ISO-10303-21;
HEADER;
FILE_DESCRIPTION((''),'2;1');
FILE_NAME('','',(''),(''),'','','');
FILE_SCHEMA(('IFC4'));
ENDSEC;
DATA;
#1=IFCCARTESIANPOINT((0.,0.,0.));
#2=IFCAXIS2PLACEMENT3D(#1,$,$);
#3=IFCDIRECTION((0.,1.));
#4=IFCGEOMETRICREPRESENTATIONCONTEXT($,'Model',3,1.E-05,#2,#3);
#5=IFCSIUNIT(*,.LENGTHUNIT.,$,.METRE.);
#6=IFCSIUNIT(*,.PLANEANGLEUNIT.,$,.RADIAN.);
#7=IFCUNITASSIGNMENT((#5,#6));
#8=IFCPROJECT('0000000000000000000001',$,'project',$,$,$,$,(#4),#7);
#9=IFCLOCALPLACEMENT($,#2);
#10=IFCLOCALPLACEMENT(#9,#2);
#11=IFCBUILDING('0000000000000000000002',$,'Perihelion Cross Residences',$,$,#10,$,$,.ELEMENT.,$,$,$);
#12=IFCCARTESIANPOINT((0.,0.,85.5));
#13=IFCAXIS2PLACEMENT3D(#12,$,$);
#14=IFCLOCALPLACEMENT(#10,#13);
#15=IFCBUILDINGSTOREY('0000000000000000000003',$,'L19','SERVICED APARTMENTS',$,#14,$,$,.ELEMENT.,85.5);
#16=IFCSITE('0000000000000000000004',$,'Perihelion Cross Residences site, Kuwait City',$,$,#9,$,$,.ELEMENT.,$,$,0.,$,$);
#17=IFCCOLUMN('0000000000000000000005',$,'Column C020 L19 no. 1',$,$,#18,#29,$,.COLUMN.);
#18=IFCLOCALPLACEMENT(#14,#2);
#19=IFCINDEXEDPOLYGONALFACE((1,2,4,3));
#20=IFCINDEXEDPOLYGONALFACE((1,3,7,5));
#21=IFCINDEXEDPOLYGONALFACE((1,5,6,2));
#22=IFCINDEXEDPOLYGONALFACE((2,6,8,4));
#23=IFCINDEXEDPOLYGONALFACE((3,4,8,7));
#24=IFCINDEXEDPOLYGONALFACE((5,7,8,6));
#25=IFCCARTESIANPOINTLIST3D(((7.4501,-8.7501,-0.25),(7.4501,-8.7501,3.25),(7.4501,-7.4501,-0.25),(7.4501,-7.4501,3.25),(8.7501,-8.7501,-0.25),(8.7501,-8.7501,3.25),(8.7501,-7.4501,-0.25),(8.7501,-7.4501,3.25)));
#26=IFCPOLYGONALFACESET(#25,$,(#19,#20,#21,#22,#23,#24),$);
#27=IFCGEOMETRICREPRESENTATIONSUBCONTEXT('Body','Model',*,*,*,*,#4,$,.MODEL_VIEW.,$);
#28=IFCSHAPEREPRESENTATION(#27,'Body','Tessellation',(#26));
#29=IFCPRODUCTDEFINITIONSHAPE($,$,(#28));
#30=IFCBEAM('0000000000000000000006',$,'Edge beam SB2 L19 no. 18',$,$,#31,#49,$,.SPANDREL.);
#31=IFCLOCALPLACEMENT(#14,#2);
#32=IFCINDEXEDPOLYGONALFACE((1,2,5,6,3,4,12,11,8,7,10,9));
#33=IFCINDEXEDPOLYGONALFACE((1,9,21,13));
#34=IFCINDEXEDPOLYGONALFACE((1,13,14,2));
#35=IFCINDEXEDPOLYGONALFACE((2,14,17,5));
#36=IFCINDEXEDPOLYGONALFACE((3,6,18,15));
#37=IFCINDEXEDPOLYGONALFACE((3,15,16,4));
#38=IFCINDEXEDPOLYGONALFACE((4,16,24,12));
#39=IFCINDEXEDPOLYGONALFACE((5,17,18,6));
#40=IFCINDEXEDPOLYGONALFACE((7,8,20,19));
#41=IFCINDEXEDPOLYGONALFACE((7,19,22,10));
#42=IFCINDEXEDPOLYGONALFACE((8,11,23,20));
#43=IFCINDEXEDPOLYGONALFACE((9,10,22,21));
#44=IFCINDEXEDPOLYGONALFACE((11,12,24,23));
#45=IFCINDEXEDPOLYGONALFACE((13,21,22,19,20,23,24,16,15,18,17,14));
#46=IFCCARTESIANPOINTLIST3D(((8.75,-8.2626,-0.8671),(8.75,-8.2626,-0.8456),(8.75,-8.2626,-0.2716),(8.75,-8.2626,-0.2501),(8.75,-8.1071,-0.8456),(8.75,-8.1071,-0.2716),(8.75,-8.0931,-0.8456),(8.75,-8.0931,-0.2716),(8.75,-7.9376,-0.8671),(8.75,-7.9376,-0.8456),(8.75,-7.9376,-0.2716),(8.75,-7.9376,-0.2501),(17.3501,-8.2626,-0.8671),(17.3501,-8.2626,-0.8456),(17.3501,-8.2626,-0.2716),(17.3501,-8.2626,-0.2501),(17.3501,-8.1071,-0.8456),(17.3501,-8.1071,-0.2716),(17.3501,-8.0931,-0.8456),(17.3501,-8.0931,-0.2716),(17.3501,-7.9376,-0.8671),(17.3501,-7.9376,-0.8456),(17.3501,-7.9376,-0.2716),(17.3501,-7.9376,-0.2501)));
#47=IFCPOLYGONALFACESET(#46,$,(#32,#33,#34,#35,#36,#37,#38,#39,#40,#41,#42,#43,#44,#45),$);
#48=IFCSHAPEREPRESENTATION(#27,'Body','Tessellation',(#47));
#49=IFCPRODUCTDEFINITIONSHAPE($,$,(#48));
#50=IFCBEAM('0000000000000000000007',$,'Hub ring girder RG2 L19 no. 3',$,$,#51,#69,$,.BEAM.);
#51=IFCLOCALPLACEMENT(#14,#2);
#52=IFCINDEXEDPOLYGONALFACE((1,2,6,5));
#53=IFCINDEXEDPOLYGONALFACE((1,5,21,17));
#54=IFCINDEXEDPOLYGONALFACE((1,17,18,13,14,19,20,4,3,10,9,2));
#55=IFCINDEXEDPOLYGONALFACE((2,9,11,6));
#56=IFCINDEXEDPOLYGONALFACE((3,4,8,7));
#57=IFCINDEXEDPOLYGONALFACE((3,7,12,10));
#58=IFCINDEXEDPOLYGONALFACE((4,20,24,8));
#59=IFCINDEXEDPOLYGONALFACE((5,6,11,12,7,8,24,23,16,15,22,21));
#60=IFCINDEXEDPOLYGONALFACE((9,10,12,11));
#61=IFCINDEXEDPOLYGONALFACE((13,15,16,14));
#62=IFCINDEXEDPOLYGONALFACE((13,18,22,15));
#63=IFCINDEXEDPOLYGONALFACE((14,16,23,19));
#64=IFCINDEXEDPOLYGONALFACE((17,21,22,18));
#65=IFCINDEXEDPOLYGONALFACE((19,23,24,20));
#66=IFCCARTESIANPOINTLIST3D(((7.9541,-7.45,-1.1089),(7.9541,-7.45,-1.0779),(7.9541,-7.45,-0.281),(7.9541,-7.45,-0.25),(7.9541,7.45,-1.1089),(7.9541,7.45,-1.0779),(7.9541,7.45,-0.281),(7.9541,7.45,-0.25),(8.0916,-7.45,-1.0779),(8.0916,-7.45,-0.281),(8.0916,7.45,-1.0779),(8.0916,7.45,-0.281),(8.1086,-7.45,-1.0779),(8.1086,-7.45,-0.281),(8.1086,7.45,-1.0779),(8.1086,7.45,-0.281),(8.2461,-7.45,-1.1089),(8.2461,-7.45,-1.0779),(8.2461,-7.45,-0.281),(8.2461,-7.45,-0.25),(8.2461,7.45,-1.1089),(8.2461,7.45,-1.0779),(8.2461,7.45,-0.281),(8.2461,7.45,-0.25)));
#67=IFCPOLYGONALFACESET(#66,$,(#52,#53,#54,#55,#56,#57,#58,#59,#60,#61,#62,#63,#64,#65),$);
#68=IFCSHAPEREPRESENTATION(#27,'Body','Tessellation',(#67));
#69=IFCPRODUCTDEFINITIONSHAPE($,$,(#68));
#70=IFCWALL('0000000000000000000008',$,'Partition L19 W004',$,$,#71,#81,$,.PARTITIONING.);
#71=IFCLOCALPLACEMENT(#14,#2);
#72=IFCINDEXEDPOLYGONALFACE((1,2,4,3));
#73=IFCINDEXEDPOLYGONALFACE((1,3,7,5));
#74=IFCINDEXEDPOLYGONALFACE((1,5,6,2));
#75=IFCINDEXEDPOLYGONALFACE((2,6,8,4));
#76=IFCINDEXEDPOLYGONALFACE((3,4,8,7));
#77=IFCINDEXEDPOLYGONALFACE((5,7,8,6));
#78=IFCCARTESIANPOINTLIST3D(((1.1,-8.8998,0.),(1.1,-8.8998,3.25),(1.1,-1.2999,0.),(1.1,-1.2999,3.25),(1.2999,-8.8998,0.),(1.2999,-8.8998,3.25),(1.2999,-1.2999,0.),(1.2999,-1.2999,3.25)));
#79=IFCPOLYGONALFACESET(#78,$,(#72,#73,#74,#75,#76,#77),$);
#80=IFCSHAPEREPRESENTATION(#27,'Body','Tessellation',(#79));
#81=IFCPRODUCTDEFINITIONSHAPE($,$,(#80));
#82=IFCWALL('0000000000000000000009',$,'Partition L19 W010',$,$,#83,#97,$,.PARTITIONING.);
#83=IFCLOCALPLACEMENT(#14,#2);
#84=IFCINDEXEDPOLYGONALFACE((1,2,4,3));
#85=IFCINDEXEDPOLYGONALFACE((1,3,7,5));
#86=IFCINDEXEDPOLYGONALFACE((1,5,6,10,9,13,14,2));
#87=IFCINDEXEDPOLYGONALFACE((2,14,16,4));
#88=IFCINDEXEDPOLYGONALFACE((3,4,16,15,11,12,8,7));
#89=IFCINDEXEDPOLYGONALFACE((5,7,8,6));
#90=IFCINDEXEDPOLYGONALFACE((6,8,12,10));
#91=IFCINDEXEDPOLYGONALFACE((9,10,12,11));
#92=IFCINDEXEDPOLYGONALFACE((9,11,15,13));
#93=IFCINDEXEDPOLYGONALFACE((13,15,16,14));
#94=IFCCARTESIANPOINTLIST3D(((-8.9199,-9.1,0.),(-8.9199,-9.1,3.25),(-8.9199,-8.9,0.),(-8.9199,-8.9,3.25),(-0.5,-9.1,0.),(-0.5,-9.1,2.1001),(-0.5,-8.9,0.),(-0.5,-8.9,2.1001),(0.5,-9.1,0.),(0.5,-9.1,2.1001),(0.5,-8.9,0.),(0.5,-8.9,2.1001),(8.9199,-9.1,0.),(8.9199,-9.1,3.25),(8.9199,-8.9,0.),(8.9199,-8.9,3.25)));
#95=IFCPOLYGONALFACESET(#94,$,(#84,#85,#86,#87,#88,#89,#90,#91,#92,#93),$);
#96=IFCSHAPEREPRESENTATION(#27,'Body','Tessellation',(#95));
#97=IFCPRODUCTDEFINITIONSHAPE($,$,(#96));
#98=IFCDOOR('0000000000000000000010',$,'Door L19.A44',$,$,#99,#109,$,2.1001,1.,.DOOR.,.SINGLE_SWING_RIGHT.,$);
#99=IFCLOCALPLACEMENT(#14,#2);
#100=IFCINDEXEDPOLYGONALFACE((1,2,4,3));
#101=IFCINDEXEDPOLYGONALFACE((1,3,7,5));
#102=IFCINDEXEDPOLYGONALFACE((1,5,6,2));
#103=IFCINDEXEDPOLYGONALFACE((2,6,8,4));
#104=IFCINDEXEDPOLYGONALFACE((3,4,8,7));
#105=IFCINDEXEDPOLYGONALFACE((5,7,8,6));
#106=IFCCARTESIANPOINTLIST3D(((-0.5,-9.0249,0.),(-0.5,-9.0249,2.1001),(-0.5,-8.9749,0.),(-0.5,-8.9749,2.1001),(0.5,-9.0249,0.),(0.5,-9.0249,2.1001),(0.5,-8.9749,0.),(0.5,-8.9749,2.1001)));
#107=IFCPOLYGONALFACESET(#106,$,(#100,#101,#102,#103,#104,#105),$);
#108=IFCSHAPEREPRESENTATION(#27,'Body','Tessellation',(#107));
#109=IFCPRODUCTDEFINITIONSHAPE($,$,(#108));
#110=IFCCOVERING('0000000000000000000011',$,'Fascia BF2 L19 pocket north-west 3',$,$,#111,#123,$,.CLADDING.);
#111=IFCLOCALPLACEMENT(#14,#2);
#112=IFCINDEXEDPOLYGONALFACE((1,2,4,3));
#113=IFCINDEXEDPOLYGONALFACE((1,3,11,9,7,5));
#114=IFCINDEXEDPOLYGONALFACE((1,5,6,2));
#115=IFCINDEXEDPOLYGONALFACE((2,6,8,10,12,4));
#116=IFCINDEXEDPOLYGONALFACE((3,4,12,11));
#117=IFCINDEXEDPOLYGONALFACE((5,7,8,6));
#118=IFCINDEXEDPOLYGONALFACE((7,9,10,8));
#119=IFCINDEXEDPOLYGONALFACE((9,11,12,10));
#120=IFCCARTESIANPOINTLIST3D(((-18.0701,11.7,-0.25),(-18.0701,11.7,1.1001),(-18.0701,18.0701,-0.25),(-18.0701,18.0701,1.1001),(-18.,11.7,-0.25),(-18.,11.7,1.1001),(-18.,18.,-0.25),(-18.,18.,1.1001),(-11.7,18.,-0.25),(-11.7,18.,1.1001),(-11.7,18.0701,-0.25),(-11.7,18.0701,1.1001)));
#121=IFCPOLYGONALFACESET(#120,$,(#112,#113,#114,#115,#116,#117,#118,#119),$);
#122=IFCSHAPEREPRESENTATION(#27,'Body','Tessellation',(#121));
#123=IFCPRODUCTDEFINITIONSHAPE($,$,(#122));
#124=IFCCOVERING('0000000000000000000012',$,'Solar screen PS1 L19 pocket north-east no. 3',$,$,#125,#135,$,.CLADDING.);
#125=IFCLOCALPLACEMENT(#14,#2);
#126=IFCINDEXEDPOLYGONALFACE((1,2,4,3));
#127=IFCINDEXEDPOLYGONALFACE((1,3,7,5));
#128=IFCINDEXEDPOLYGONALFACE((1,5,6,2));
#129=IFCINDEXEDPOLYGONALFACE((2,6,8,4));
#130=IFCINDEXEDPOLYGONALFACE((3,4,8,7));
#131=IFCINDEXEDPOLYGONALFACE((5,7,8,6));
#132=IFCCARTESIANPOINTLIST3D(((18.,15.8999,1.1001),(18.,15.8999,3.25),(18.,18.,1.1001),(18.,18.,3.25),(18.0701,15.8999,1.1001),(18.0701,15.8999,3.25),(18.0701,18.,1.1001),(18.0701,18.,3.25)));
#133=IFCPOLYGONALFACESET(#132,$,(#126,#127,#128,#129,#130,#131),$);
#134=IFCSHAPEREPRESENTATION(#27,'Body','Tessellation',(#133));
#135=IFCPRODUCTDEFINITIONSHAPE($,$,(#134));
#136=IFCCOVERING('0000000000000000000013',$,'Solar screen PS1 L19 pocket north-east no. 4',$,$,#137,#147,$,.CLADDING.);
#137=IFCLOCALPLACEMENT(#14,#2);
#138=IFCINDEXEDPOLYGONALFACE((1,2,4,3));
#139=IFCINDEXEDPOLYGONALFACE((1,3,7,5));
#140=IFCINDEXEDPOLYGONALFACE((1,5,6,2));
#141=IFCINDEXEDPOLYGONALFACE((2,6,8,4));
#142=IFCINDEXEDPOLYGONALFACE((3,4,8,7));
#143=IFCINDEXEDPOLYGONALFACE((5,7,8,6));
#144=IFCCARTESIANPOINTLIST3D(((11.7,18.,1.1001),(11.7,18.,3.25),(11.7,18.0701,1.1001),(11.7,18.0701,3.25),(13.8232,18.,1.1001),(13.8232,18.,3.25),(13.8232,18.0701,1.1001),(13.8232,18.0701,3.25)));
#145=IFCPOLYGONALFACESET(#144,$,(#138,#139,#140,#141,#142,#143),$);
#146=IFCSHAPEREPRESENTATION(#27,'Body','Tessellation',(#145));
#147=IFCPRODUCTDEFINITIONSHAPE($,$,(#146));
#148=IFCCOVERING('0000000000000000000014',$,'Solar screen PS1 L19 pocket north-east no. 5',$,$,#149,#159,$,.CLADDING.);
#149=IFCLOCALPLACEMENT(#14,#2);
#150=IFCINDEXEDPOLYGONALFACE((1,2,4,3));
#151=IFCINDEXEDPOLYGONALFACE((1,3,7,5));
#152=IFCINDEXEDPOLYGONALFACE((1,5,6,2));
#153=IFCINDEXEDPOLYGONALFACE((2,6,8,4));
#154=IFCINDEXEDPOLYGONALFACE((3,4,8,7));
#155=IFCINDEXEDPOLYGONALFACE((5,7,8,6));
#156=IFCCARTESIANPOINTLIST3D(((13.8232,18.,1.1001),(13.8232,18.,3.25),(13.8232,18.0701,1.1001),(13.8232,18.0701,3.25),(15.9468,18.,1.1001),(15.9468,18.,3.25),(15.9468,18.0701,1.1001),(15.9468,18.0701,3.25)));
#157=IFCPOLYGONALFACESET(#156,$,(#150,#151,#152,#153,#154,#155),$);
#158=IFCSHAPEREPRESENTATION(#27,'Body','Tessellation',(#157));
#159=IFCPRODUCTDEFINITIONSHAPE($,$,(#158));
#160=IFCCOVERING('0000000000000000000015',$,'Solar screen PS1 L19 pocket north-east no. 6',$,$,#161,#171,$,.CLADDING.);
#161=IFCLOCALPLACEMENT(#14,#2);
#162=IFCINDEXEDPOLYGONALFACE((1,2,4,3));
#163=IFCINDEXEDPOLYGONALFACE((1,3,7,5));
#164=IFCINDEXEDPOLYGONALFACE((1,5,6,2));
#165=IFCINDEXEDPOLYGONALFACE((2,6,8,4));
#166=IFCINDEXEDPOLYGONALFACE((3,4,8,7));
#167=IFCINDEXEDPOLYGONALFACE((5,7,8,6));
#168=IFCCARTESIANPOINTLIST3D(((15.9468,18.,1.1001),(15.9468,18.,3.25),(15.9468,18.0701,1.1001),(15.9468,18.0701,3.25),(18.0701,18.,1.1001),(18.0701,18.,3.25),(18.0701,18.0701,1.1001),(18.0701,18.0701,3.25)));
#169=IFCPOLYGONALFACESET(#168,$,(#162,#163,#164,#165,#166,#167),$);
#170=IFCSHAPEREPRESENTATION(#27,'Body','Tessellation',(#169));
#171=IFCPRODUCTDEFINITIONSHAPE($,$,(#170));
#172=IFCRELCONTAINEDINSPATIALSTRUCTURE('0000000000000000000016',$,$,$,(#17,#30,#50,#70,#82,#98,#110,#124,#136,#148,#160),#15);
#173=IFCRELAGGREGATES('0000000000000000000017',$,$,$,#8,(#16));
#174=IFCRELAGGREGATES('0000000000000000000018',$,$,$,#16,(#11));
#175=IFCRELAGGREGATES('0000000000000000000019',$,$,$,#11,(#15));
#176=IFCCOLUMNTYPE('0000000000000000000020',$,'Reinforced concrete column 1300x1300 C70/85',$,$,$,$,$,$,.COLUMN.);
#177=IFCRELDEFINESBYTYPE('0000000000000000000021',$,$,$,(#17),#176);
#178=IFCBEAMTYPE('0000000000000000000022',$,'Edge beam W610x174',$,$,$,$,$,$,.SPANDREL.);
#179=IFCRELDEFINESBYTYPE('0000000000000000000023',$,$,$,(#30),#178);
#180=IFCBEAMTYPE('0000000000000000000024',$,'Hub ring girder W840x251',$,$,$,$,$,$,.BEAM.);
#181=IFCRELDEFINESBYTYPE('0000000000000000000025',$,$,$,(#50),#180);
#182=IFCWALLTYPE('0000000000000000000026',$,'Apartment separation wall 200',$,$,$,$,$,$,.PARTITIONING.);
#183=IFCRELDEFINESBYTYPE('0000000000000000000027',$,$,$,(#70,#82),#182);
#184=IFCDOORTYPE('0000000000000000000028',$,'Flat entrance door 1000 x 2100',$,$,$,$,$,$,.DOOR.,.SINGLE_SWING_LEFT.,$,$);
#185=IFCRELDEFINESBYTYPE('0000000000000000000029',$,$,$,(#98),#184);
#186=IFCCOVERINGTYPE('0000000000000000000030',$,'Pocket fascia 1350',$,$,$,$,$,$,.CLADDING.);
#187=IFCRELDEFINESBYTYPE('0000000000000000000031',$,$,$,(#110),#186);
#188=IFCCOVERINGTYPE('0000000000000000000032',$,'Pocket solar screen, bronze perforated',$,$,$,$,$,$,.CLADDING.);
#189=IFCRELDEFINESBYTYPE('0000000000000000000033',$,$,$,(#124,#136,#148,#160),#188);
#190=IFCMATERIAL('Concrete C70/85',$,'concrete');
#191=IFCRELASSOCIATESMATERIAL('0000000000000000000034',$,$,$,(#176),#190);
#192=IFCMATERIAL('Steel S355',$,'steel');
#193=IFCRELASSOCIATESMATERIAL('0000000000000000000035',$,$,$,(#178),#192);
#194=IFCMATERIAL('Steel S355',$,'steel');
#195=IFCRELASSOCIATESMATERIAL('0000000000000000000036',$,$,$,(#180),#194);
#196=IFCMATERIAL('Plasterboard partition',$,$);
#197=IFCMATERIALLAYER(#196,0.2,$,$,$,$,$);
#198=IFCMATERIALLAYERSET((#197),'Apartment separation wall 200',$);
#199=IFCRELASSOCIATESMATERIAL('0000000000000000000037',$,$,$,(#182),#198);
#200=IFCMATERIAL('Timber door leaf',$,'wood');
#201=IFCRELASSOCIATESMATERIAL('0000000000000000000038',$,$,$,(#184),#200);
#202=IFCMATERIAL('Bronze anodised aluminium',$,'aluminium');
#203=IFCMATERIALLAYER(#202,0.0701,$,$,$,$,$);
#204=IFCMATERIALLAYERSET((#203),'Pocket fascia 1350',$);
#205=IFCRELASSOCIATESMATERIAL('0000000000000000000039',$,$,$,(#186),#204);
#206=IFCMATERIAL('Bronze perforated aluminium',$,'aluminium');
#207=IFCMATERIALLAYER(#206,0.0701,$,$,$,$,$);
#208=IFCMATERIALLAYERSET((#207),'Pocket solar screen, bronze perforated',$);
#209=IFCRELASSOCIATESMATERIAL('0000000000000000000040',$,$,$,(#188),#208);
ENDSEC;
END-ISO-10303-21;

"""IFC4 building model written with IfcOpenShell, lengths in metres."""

from ifc_helpers import new_model, si_unit, direction, frame, frame_2d, origin, origin_2d, place, context, subcontext, project, spatial, polyline, rectangle, i_section, outline, extrude, material, layer, layer_set, material_profile, profile_set, type_object, element, fill, save


model = new_model("IFC4")

# Units and contexts
model_context = context("Model", 3, precision=1e-05, world=origin(), true_north=direction((0.0, 1.0)))
body_context = subcontext(model_context, "Body", "Model", "MODEL_VIEW")
ifc_project = project(units=[si_unit("LENGTHUNIT", "METRE"), si_unit("PLANEANGLEUNIT", "RADIAN")], contexts=[model_context])

# Site, building, storey
site_placement = place(None, origin())
site = spatial("IfcSite", under=ifc_project, at=site_placement, Name="Perihelion Cross Residences site, Kuwait City", CompositionType="ELEMENT", RefElevation=0.0)
building_placement = place(site_placement, origin())
building = spatial("IfcBuilding", under=site, at=building_placement, Name="Perihelion Cross Residences", CompositionType="ELEMENT")
storey_placement = place(building_placement, frame((0.0, 0.0, 85.5)))
storey = spatial("IfcBuildingStorey", under=building, at=storey_placement, Name="L19", Description="SERVICED APARTMENTS", CompositionType="ELEMENT", Elevation=85.5)

# Column
ifc_material_1 = material(Name="Concrete C70/85", Category="concrete")
ifc_material_profile_1 = material_profile(ifc_material_1, rectangle(XDim=1.3, YDim=1.3, at=origin_2d()), Name="RC 1300x1300")
ifc_profile_set_1 = profile_set([ifc_material_profile_1], Name="Concrete C70/85")
column_type = type_object("IfcColumnType", Name="Reinforced concrete column 1300x1300 C70/85", PredefinedType="COLUMN", material=ifc_profile_set_1)
column_placement = place(storey_placement, frame((8.1001, -8.1001, -0.25), z_axis=(0.0, 0.0, 1.0), x_axis=(1.0, 0.0, 0.0)))
element("IfcColumn", 1, at=column_placement, inside=storey, type_object=column_type, Name="Column C020 L19 no. 1", PredefinedType="COLUMN", context=body_context, shape_type="SweptSolid", body=[
    extrude(rectangle(XDim=1.3, YDim=1.3, at=origin_2d()), origin(), (0.0, 0.0, 1.0), 3.5),
])

# Beams
ifc_material_2 = material(Name="Steel S355", Category="steel")
ifc_material_profile_2 = material_profile(ifc_material_2, i_section(OverallWidth=0.325, OverallDepth=0.6169, WebThickness=0.0139, FlangeThickness=0.0215, at=origin_2d()), Name="W610x174")
ifc_profile_set_2 = profile_set([ifc_material_profile_2], Name="Steel S355")
beam_type_1 = type_object("IfcBeamType", Name="Edge beam W610x174", PredefinedType="SPANDREL", material=ifc_profile_set_2)
beam_1_placement = place(storey_placement, frame((8.75, -8.1001, -0.5586), z_axis=(1.0, 0.0, 0.0), x_axis=(0.0, 1.0, 0.0)))
element("IfcBeam", 2, at=beam_1_placement, inside=storey, type_object=beam_type_1, Name="Edge beam SB2 L19 no. 18", PredefinedType="SPANDREL", context=body_context, shape_type="SweptSolid", body=[
    extrude(i_section(OverallWidth=0.325, OverallDepth=0.6169, WebThickness=0.0139, FlangeThickness=0.0215, at=origin_2d()), origin(), (0.0, 0.0, 1.0), 8.6001),
])
ifc_material_3 = material(Name="Steel S355", Category="steel")
ifc_material_profile_3 = material_profile(ifc_material_3, i_section(OverallWidth=0.292, OverallDepth=0.8589, WebThickness=0.0171, FlangeThickness=0.031, at=origin_2d()), Name="W840x251")
ifc_profile_set_3 = profile_set([ifc_material_profile_3], Name="Steel S355")
beam_type_2 = type_object("IfcBeamType", Name="Hub ring girder W840x251", PredefinedType="BEAM", material=ifc_profile_set_3)
beam_2_placement = place(storey_placement, frame((8.1001, -7.45, -0.6794), z_axis=(0.0, 1.0, 0.0), x_axis=(-1.0, 0.0, 0.0)))
element("IfcBeam", 3, at=beam_2_placement, inside=storey, type_object=beam_type_2, Name="Hub ring girder RG2 L19 no. 3", PredefinedType="BEAM", context=body_context, shape_type="SweptSolid", body=[
    extrude(i_section(OverallWidth=0.292, OverallDepth=0.8589, WebThickness=0.0171, FlangeThickness=0.031, at=origin_2d()), origin(), (0.0, 0.0, 1.0), 14.8999),
])

# Wall
ifc_material_4 = material(Name="Plasterboard partition")
ifc_layer_1 = layer(ifc_material_4, 0.2)
ifc_layer_set_1 = layer_set([ifc_layer_1], Name="Apartment separation wall 200")
wall_type = type_object("IfcWallType", Name="Apartment separation wall 200", PredefinedType="PARTITIONING", material=ifc_layer_set_1)
wall_1_placement = place(storey_placement, frame((1.2, -1.3, 0.0), z_axis=(0.0, 0.0, 1.0), x_axis=(0.0, -1.0, 0.0)))
element("IfcWall", 4, at=wall_1_placement, inside=storey, type_object=wall_type, Name="Partition L19 W004", PredefinedType="PARTITIONING", context=body_context, shape_type="SweptSolid", body=[
    extrude(rectangle(XDim=7.5999, YDim=0.2, at=frame_2d((3.7998, 0.0))), origin(), (0.0, 0.0, 1.0), 3.25),
])

# Wall, opening, door
wall_2_placement = place(storey_placement, frame((8.9199, -9.0, 0.0), z_axis=(0.0, 0.0, 1.0), x_axis=(-1.0, 0.0, 0.0)))
wall_2 = element("IfcWall", 5, at=wall_2_placement, inside=storey, type_object=wall_type, Name="Partition L19 W010", PredefinedType="PARTITIONING", context=body_context, shape_type="SweptSolid", body=[
    extrude(rectangle(XDim=17.8398, YDim=0.2, at=frame_2d((8.9199, 0.0))), origin(), (0.0, 0.0, 1.0), 3.25),
])
opening_placement = place(wall_2_placement, frame((8.4199, 0.0, 0.0)))
opening = element("IfcOpeningElement", 6, at=opening_placement, cuts=wall_2, PredefinedType="OPENING", context=body_context, shape_type="SweptSolid", body=[
    extrude(rectangle(XDim=1.0, YDim=2.1001, at=frame_2d((0.5, 1.05))), frame((0.0, 0.1099, 0.0), z_axis=(0.0, -1.0, 0.0), x_axis=(1.0, 0.0, 0.0)), (0.0, 0.0, 1.0), 0.22),
])
ifc_material_5 = material(Name="Timber door leaf", Category="wood")
door_type = type_object("IfcDoorType", Name="Flat entrance door 1000 x 2100", OperationType="SINGLE_SWING_LEFT", PredefinedType="DOOR", material=ifc_material_5)
door_placement = place(opening_placement, origin())
door = element("IfcDoor", 7, at=door_placement, inside=storey, type_object=door_type, Name="Door L19.A44", OperationType="SINGLE_SWING_RIGHT", OverallHeight=2.1001, OverallWidth=1.0, PredefinedType="DOOR", context=body_context, shape_type="SweptSolid", body=[
    extrude(rectangle(XDim=1.0, YDim=2.1001, at=frame_2d((0.5, 1.05))), frame((0.0, 0.0249, 0.0), z_axis=(0.0, -1.0, 0.0), x_axis=(1.0, 0.0, 0.0)), (0.0, 0.0, 1.0), 0.05),
])
fill(opening, door)

# Coverings
ifc_material_6 = material(Name="Bronze anodised aluminium", Category="aluminium")
ifc_layer_2 = layer(ifc_material_6, 0.0701)
ifc_layer_set_2 = layer_set([ifc_layer_2], Name="Pocket fascia 1350")
covering_type_1 = type_object("IfcCoveringType", Name="Pocket fascia 1350", PredefinedType="CLADDING", material=ifc_layer_set_2)
covering_1_placement = place(storey_placement, frame((0.0, 0.0, -0.25)))
element("IfcCovering", 8, at=covering_1_placement, inside=storey, type_object=covering_type_1, Name="Fascia BF2 L19 pocket north-west 3", PredefinedType="CLADDING", context=body_context, shape_type="SweptSolid", body=[
    extrude(outline(polyline([(-18.0701, 18.0701), (-18.0701, 11.7), (-18.0, 11.7), (-18.0, 18.0), (-11.7, 18.0), (-11.7, 18.0701), (-18.0701, 18.0701)])), origin(), (0.0, 0.0, 1.0), 1.3501),
])
ifc_material_7 = material(Name="Bronze perforated aluminium", Category="aluminium")
ifc_layer_3 = layer(ifc_material_7, 0.0701)
ifc_layer_set_3 = layer_set([ifc_layer_3], Name="Pocket solar screen, bronze perforated")
covering_type_2 = type_object("IfcCoveringType", Name="Pocket solar screen, bronze perforated", PredefinedType="CLADDING", material=ifc_layer_set_3)
covering_2_placement = place(storey_placement, frame((0.0, 0.0, 1.1001)))
element("IfcCovering", 9, at=covering_2_placement, inside=storey, type_object=covering_type_2, Name="Solar screen PS1 L19 pocket north-east no. 3", PredefinedType="CLADDING", context=body_context, shape_type="SweptSolid", body=[
    extrude(outline(polyline([(18.0701, 15.8999), (18.0701, 18.0), (18.0, 18.0), (18.0, 15.8999), (18.0701, 15.8999)])), origin(), (0.0, 0.0, 1.0), 2.1499),
])
covering_3_placement = place(storey_placement, frame((0.0, 0.0, 1.1001)))
element("IfcCovering", 10, at=covering_3_placement, inside=storey, type_object=covering_type_2, Name="Solar screen PS1 L19 pocket north-east no. 4", PredefinedType="CLADDING", context=body_context, shape_type="SweptSolid", body=[
    extrude(outline(polyline([(13.8232, 18.0), (13.8232, 18.0701), (11.7, 18.0701), (11.7, 18.0), (13.8232, 18.0)])), origin(), (0.0, 0.0, 1.0), 2.1499),
])
covering_4_placement = place(storey_placement, frame((0.0, 0.0, 1.1001)))
element("IfcCovering", 11, at=covering_4_placement, inside=storey, type_object=covering_type_2, Name="Solar screen PS1 L19 pocket north-east no. 5", PredefinedType="CLADDING", context=body_context, shape_type="SweptSolid", body=[
    extrude(outline(polyline([(15.9468, 18.0), (15.9468, 18.0701), (13.8232, 18.0701), (13.8232, 18.0), (15.9468, 18.0)])), origin(), (0.0, 0.0, 1.0), 2.1499),
])
covering_5_placement = place(storey_placement, frame((0.0, 0.0, 1.1001)))
element("IfcCovering", 12, at=covering_5_placement, inside=storey, type_object=covering_type_2, Name="Solar screen PS1 L19 pocket north-east no. 6", PredefinedType="CLADDING", context=body_context, shape_type="SweptSolid", body=[
    extrude(outline(polyline([(18.0701, 18.0), (18.0701, 18.0701), (15.9468, 18.0701), (15.9468, 18.0), (18.0701, 18.0)])), origin(), (0.0, 0.0, 1.0), 2.1499),
])

save(model, "model.ifc")
